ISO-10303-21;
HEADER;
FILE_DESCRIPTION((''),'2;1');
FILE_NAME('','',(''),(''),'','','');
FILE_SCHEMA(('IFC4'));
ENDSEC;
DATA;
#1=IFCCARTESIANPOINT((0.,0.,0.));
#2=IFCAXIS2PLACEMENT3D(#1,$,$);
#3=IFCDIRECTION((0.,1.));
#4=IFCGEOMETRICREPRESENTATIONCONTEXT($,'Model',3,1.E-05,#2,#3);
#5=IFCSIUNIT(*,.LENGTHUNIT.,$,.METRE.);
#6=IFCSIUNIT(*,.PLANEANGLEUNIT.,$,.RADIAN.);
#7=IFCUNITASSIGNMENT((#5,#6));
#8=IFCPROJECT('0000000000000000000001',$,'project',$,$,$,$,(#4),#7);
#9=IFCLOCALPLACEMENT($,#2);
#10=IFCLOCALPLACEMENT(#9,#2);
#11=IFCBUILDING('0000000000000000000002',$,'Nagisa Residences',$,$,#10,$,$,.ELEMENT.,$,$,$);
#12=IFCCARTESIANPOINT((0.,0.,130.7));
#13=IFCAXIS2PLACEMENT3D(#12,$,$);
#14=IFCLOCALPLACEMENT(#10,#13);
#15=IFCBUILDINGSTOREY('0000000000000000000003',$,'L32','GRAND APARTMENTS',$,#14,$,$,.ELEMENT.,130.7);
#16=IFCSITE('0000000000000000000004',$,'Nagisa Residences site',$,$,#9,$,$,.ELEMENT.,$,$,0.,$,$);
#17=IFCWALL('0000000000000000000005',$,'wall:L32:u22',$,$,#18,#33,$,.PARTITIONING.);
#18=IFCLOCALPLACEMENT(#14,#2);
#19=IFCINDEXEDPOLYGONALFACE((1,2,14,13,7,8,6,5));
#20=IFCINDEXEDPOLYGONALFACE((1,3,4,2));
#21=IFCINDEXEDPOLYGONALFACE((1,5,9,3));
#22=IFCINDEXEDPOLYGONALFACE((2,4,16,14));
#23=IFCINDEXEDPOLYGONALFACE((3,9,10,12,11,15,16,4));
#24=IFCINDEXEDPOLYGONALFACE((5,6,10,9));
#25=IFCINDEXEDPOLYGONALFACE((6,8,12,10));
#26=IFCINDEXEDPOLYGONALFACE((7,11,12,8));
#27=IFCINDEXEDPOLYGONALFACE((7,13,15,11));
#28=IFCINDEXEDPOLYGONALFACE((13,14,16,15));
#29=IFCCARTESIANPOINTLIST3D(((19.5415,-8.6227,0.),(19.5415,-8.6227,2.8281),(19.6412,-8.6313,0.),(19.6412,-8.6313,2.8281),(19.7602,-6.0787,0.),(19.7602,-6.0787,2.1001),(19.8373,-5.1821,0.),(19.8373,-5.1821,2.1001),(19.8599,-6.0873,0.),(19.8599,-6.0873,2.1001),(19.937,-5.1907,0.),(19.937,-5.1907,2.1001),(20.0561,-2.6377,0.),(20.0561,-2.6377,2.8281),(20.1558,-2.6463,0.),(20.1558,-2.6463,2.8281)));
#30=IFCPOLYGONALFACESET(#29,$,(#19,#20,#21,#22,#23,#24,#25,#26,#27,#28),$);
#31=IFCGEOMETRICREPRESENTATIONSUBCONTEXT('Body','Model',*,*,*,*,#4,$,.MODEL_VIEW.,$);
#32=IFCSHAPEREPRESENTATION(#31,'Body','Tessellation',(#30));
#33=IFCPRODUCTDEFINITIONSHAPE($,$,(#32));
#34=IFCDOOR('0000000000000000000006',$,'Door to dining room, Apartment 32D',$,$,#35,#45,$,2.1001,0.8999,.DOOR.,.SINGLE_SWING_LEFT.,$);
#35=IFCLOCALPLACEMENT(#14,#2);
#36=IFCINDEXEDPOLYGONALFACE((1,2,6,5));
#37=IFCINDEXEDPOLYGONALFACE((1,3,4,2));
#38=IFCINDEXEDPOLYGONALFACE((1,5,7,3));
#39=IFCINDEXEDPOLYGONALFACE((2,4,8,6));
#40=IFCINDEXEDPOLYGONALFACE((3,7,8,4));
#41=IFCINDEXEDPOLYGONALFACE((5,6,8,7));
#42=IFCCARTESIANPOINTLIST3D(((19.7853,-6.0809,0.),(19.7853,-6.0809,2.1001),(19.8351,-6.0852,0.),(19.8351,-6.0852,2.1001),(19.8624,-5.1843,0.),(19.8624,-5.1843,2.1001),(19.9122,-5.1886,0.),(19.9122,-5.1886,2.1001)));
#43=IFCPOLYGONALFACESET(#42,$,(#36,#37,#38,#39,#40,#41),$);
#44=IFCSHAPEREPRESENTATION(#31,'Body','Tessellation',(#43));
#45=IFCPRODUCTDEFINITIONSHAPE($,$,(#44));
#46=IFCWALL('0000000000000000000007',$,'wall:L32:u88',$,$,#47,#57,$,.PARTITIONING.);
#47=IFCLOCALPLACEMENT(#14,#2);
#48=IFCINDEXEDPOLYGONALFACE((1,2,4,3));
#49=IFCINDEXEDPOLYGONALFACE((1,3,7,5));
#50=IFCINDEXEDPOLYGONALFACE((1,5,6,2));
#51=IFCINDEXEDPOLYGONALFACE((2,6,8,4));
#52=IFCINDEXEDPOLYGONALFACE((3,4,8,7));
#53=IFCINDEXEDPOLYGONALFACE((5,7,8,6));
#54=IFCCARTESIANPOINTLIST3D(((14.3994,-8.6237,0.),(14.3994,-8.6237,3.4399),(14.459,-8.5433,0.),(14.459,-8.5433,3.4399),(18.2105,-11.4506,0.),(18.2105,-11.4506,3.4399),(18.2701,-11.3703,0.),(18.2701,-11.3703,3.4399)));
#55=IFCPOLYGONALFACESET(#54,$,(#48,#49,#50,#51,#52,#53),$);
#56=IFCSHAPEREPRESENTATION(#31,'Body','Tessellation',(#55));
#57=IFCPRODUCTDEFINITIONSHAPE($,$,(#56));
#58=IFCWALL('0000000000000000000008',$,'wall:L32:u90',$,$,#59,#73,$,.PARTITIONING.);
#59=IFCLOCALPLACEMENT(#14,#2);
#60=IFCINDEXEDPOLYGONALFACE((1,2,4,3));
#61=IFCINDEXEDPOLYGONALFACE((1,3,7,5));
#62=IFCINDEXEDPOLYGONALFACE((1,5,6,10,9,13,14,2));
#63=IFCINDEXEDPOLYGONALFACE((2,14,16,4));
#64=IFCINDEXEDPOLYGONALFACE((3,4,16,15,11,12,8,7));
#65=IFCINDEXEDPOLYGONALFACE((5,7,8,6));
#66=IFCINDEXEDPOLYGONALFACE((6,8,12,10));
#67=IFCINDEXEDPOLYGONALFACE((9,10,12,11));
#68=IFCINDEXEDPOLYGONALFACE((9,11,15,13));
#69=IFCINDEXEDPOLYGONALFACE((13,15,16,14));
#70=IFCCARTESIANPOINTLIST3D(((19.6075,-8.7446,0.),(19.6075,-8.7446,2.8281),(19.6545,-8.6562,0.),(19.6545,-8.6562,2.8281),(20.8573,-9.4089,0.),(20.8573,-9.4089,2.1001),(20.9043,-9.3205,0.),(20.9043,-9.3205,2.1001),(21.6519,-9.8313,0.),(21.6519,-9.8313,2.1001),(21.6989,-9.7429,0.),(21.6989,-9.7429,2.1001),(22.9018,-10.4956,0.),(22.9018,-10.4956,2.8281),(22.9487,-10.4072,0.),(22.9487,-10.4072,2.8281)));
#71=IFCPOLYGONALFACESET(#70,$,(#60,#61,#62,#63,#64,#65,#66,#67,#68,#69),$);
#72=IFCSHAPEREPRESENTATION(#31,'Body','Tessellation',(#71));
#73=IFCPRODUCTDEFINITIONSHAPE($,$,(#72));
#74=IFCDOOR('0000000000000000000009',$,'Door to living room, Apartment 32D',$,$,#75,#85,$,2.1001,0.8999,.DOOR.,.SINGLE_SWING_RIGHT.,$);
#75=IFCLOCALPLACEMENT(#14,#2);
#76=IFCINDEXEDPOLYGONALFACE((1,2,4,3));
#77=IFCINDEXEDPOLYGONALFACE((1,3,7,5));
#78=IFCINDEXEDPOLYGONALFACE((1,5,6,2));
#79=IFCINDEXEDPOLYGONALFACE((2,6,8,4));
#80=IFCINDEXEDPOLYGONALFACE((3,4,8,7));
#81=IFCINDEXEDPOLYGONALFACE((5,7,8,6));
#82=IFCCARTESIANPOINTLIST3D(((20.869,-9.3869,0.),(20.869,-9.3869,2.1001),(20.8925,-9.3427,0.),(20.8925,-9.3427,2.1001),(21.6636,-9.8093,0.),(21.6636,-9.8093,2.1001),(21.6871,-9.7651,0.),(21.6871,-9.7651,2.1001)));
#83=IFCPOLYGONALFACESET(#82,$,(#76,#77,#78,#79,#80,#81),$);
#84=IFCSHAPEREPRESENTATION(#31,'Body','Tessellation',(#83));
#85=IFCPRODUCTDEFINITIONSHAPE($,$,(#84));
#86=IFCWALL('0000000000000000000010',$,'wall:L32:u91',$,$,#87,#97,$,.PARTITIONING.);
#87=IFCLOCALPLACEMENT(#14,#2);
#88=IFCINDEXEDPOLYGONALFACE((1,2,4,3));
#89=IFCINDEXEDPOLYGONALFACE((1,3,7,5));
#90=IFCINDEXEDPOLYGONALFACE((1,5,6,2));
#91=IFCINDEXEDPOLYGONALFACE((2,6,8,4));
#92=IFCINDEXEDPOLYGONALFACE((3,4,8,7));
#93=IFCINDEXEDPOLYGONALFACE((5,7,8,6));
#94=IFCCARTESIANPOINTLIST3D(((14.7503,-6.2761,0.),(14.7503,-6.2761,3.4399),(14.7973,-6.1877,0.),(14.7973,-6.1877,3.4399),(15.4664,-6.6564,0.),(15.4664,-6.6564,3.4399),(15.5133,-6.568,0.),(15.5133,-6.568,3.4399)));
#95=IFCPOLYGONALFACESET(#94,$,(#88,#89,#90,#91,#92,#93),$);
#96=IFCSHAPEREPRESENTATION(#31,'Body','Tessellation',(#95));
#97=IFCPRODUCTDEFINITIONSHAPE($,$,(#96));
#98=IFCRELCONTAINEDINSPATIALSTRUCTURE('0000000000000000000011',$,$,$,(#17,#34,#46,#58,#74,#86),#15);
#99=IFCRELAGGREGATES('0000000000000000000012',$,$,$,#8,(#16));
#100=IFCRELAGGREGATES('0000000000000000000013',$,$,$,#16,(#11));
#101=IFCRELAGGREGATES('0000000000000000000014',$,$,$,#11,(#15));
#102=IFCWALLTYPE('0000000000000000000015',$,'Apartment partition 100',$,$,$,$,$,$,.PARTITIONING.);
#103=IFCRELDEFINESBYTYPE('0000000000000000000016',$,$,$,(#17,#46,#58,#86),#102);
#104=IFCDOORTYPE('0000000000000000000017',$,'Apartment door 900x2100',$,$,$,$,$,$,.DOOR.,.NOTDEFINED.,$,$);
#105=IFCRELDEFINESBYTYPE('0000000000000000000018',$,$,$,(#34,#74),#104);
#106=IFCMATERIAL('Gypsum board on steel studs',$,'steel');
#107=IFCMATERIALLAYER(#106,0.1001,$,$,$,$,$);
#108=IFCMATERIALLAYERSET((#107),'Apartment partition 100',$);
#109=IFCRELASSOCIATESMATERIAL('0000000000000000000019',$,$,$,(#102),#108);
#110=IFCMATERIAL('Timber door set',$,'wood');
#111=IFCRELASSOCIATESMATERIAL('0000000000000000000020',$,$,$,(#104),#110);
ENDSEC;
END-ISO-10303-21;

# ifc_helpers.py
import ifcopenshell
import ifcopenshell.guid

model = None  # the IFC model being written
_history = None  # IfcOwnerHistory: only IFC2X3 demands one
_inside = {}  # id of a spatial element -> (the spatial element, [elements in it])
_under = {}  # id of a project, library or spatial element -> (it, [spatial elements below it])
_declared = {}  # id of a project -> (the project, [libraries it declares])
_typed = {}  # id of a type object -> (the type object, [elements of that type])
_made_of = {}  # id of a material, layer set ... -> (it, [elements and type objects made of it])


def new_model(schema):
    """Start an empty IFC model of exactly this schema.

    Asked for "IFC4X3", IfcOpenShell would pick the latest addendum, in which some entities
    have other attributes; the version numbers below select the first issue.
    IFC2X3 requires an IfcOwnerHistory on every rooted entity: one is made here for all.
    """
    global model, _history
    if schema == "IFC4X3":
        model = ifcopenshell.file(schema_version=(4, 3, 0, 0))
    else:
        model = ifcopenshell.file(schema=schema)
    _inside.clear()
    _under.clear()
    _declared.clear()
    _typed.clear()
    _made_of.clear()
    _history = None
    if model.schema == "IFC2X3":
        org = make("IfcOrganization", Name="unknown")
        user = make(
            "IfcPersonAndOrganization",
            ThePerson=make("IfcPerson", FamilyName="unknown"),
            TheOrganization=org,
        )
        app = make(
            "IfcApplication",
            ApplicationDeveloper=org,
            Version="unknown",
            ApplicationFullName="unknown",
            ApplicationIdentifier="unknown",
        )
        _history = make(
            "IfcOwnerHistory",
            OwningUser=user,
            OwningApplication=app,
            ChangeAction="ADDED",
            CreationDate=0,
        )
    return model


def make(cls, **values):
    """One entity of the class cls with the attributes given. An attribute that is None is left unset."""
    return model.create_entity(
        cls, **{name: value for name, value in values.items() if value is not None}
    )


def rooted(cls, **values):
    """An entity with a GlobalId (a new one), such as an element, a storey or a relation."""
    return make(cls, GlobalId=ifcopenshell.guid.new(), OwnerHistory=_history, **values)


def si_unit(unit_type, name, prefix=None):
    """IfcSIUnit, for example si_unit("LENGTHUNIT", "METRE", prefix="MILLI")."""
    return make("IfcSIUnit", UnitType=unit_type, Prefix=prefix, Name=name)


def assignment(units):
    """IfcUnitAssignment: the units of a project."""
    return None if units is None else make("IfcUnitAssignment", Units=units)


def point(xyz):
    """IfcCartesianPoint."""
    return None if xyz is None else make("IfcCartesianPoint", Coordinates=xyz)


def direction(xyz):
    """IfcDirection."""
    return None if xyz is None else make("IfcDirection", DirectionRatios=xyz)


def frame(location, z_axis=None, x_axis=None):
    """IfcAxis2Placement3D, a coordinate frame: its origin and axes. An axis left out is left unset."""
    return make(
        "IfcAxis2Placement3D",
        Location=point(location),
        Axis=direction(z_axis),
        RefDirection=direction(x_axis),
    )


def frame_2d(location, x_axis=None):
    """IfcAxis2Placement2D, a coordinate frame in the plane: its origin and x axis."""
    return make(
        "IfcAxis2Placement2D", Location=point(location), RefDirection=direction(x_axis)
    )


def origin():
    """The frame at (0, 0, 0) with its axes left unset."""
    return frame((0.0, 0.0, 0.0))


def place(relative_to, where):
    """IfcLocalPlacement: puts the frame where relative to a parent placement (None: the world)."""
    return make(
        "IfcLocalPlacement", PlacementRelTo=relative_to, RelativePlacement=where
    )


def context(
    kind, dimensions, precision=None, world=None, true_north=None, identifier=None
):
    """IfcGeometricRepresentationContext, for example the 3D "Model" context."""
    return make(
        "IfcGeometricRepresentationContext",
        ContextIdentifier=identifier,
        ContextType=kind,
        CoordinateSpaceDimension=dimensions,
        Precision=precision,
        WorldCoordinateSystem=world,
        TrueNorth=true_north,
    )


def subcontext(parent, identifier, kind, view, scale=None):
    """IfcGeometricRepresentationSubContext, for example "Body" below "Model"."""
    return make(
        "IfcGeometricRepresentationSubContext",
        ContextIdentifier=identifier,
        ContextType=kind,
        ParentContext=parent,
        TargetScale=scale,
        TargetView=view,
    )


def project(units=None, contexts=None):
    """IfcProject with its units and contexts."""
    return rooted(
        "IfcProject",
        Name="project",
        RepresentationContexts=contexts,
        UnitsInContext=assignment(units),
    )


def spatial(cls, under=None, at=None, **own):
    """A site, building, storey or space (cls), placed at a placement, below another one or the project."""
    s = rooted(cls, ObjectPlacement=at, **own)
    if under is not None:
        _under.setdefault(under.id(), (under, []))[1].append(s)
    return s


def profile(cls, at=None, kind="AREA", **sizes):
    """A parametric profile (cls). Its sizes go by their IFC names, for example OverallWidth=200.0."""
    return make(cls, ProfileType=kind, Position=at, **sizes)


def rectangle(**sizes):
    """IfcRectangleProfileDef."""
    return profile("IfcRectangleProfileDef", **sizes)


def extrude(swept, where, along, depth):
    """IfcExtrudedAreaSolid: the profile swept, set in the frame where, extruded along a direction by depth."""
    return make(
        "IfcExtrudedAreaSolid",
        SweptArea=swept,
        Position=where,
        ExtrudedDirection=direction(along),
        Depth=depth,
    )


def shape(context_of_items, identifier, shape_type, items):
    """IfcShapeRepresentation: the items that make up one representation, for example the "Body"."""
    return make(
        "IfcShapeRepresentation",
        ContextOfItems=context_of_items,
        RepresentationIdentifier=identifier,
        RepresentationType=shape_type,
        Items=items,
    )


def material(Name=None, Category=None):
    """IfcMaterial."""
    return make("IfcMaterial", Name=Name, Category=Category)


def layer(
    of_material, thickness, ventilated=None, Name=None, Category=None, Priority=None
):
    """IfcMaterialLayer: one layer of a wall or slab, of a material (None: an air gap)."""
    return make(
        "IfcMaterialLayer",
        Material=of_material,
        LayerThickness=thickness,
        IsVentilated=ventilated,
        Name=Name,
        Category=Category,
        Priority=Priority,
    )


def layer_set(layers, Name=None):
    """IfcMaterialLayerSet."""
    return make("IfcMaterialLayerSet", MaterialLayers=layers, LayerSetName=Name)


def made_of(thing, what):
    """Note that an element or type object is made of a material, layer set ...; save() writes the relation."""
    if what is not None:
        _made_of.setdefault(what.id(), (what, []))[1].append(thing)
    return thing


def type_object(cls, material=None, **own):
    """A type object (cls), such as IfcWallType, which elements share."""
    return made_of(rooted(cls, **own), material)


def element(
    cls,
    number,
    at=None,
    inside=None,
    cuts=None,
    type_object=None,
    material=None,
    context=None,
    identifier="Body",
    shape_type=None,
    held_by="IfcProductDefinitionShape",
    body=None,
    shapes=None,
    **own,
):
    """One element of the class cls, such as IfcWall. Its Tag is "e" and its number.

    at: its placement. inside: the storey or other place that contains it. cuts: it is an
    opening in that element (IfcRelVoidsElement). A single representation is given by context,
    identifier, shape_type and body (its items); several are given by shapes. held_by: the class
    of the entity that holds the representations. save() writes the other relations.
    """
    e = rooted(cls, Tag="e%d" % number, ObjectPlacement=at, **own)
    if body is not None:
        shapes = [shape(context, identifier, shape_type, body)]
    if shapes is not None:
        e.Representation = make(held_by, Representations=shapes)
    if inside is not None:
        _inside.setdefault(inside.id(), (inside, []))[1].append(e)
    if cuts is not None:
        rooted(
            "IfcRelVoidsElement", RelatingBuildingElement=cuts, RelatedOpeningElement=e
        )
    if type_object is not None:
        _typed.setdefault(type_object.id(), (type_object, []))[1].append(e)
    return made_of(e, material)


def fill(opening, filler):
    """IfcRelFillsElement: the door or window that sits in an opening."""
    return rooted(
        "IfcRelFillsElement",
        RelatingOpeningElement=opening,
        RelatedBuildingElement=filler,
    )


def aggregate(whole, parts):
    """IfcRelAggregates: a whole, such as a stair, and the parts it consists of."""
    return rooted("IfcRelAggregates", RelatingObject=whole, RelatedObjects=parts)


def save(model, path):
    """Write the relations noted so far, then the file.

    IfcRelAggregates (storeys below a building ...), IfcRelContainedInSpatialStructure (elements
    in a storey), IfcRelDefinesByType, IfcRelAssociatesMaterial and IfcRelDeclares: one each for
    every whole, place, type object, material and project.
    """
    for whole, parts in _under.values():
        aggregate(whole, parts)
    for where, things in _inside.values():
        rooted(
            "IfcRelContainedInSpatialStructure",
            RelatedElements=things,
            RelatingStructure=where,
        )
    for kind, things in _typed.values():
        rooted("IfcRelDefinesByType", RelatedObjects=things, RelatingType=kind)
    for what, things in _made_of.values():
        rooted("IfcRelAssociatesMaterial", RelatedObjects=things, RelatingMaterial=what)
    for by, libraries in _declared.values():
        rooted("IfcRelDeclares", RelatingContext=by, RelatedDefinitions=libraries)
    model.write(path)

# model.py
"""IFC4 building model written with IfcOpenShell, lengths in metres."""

from ifc_helpers import new_model, si_unit, direction, frame, frame_2d, origin, place, context, subcontext, project, spatial, rectangle, extrude, material, layer, layer_set, type_object, element, fill, save


model = new_model("IFC4")

# Units and contexts
model_context = context("Model", 3, precision=1e-05, world=origin(), true_north=direction((0.0, 1.0)))
body_context = subcontext(model_context, "Body", "Model", "MODEL_VIEW")
ifc_project = project(units=[si_unit("LENGTHUNIT", "METRE"), si_unit("PLANEANGLEUNIT", "RADIAN")], contexts=[model_context])

# Site, building, storey
site_placement = place(None, origin())
site = spatial("IfcSite", under=ifc_project, at=site_placement, Name="Nagisa Residences site", CompositionType="ELEMENT", RefElevation=0.0)
building_placement = place(site_placement, origin())
building = spatial("IfcBuilding", under=site, at=building_placement, Name="Nagisa Residences", CompositionType="ELEMENT")
storey_placement = place(building_placement, frame((0.0, 0.0, 130.7)))
storey = spatial("IfcBuildingStorey", under=building, at=storey_placement, Name="L32", Description="GRAND APARTMENTS", CompositionType="ELEMENT", Elevation=130.7)

# Shared definitions
ifc_material_1 = material(Name="Gypsum board on steel studs", Category="steel")
ifc_layer_1 = layer(ifc_material_1, 0.1001)
ifc_layer_set_1 = layer_set([ifc_layer_1], Name="Apartment partition 100")
wall_type_1 = type_object("IfcWallType", Name="Apartment partition 100", PredefinedType="PARTITIONING", material=ifc_layer_set_1)
ifc_material_2 = material(Name="Timber door set", Category="wood")
door_type_1 = type_object("IfcDoorType", Name="Apartment door 900x2100", OperationType="NOTDEFINED", PredefinedType="DOOR", material=ifc_material_2)

# Wall, opening, door
wall_1_placement = place(storey_placement, frame((20.106, -2.6421, 0.0), z_axis=(0.0, 0.0, 1.0), x_axis=(-0.085672, -0.996323, 0.0)))
wall_1 = element("IfcWall", 1, at=wall_1_placement, inside=storey, type_object=wall_type_1, Name="wall:L32:u22", PredefinedType="PARTITIONING", context=body_context, shape_type="SweptSolid", body=[
    extrude(rectangle(XDim=6.0071, YDim=0.1001, at=frame_2d((3.0034, 0.0))), origin(), (0.0, 0.0, 1.0), 2.8281),
])
opening_1_placement = place(wall_1_placement, frame((2.5537, 0.0, 0.0)))
opening_1 = element("IfcOpeningElement", 2, at=opening_1_placement, cuts=wall_1, PredefinedType="OPENING", context=body_context, shape_type="SweptSolid", body=[
    extrude(rectangle(XDim=0.8999, YDim=2.1001, at=frame_2d((0.45, 1.05))), frame((0.0, 0.0601, 0.0), z_axis=(0.0, -1.0, 0.0), x_axis=(1.0, 0.0, 0.0)), (0.0, 0.0, 1.0), 0.1201),
])
door_1_placement = place(opening_1_placement, frame((0.8999, 0.0, 0.0), x_axis=(-1.0, 0.0, 0.0)))
door_1 = element("IfcDoor", 3, at=door_1_placement, inside=storey, type_object=door_type_1, Name="Door to dining room, Apartment 32D", OperationType="SINGLE_SWING_LEFT", OverallHeight=2.1001, OverallWidth=0.8999, PredefinedType="DOOR", context=body_context, shape_type="SweptSolid", body=[
    extrude(rectangle(XDim=0.8999, YDim=2.1001, at=frame_2d((0.45, 1.05))), frame((0.0, 0.0249, 0.0), z_axis=(0.0, -1.0, 0.0), x_axis=(1.0, 0.0, 0.0)), (0.0, 0.0, 1.0), 0.05),
])
fill(opening_1, door_1)

# Wall
wall_2_placement = place(storey_placement, frame((14.4292, -8.5835, 0.0), z_axis=(0.0, 0.0, 1.0), x_axis=(0.803162, -0.59576, 0.0)))
element("IfcWall", 4, at=wall_2_placement, inside=storey, type_object=wall_type_1, Name="wall:L32:u88", PredefinedType="PARTITIONING", context=body_context, shape_type="SweptSolid", body=[
    extrude(rectangle(XDim=4.7451, YDim=0.1001, at=frame_2d((2.3726, 0.0))), origin(), (0.0, 0.0, 1.0), 3.4399),
])

# Wall, opening, door
wall_3_placement = place(storey_placement, frame((19.6311, -8.7004, 0.0), z_axis=(0.0, 0.0, 1.0), x_axis=(0.883011, -0.469351, 0.0)))
wall_3 = element("IfcWall", 5, at=wall_3_placement, inside=storey, type_object=wall_type_1, Name="wall:L32:u90", PredefinedType="PARTITIONING", context=body_context, shape_type="SweptSolid", body=[
    extrude(rectangle(XDim=3.7307, YDim=0.1001, at=frame_2d((1.8652, 0.0))), origin(), (0.0, 0.0, 1.0), 2.8281),
])
opening_2_placement = place(wall_3_placement, frame((1.4153, 0.0, 0.0)))
opening_2 = element("IfcOpeningElement", 6, at=opening_2_placement, cuts=wall_3, PredefinedType="OPENING", context=body_context, shape_type="SweptSolid", body=[
    extrude(rectangle(XDim=0.8999, YDim=2.1001, at=frame_2d((0.45, 1.05))), frame((0.0, 0.0601, 0.0), z_axis=(0.0, -1.0, 0.0), x_axis=(1.0, 0.0, 0.0)), (0.0, 0.0, 1.0), 0.1201),
])
door_2_placement = place(opening_2_placement, origin())
door_2 = element("IfcDoor", 7, at=door_2_placement, inside=storey, type_object=door_type_1, Name="Door to living room, Apartment 32D", OperationType="SINGLE_SWING_RIGHT", OverallHeight=2.1001, OverallWidth=0.8999, PredefinedType="DOOR", context=body_context, shape_type="SweptSolid", body=[
    extrude(rectangle(XDim=0.8999, YDim=2.1001, at=frame_2d((0.45, 1.05))), frame((0.0, 0.0249, 0.0), z_axis=(0.0, -1.0, 0.0), x_axis=(1.0, 0.0, 0.0)), (0.0, 0.0, 1.0), 0.05),
])
fill(opening_2, door_2)

# Wall
wall_4_placement = place(storey_placement, frame((14.7739, -6.2319, 0.0), z_axis=(0.0, 0.0, 1.0), x_axis=(0.883135, -0.469119, 0.0)))
element("IfcWall", 8, at=wall_4_placement, inside=storey, type_object=wall_type_1, Name="wall:L32:u91", PredefinedType="PARTITIONING", context=body_context, shape_type="SweptSolid", body=[
    extrude(rectangle(XDim=0.8108, YDim=0.1001, at=frame_2d((0.4053, 0.0))), origin(), (0.0, 0.0, 1.0), 3.4399),
])

save(model, "model.ifc")
